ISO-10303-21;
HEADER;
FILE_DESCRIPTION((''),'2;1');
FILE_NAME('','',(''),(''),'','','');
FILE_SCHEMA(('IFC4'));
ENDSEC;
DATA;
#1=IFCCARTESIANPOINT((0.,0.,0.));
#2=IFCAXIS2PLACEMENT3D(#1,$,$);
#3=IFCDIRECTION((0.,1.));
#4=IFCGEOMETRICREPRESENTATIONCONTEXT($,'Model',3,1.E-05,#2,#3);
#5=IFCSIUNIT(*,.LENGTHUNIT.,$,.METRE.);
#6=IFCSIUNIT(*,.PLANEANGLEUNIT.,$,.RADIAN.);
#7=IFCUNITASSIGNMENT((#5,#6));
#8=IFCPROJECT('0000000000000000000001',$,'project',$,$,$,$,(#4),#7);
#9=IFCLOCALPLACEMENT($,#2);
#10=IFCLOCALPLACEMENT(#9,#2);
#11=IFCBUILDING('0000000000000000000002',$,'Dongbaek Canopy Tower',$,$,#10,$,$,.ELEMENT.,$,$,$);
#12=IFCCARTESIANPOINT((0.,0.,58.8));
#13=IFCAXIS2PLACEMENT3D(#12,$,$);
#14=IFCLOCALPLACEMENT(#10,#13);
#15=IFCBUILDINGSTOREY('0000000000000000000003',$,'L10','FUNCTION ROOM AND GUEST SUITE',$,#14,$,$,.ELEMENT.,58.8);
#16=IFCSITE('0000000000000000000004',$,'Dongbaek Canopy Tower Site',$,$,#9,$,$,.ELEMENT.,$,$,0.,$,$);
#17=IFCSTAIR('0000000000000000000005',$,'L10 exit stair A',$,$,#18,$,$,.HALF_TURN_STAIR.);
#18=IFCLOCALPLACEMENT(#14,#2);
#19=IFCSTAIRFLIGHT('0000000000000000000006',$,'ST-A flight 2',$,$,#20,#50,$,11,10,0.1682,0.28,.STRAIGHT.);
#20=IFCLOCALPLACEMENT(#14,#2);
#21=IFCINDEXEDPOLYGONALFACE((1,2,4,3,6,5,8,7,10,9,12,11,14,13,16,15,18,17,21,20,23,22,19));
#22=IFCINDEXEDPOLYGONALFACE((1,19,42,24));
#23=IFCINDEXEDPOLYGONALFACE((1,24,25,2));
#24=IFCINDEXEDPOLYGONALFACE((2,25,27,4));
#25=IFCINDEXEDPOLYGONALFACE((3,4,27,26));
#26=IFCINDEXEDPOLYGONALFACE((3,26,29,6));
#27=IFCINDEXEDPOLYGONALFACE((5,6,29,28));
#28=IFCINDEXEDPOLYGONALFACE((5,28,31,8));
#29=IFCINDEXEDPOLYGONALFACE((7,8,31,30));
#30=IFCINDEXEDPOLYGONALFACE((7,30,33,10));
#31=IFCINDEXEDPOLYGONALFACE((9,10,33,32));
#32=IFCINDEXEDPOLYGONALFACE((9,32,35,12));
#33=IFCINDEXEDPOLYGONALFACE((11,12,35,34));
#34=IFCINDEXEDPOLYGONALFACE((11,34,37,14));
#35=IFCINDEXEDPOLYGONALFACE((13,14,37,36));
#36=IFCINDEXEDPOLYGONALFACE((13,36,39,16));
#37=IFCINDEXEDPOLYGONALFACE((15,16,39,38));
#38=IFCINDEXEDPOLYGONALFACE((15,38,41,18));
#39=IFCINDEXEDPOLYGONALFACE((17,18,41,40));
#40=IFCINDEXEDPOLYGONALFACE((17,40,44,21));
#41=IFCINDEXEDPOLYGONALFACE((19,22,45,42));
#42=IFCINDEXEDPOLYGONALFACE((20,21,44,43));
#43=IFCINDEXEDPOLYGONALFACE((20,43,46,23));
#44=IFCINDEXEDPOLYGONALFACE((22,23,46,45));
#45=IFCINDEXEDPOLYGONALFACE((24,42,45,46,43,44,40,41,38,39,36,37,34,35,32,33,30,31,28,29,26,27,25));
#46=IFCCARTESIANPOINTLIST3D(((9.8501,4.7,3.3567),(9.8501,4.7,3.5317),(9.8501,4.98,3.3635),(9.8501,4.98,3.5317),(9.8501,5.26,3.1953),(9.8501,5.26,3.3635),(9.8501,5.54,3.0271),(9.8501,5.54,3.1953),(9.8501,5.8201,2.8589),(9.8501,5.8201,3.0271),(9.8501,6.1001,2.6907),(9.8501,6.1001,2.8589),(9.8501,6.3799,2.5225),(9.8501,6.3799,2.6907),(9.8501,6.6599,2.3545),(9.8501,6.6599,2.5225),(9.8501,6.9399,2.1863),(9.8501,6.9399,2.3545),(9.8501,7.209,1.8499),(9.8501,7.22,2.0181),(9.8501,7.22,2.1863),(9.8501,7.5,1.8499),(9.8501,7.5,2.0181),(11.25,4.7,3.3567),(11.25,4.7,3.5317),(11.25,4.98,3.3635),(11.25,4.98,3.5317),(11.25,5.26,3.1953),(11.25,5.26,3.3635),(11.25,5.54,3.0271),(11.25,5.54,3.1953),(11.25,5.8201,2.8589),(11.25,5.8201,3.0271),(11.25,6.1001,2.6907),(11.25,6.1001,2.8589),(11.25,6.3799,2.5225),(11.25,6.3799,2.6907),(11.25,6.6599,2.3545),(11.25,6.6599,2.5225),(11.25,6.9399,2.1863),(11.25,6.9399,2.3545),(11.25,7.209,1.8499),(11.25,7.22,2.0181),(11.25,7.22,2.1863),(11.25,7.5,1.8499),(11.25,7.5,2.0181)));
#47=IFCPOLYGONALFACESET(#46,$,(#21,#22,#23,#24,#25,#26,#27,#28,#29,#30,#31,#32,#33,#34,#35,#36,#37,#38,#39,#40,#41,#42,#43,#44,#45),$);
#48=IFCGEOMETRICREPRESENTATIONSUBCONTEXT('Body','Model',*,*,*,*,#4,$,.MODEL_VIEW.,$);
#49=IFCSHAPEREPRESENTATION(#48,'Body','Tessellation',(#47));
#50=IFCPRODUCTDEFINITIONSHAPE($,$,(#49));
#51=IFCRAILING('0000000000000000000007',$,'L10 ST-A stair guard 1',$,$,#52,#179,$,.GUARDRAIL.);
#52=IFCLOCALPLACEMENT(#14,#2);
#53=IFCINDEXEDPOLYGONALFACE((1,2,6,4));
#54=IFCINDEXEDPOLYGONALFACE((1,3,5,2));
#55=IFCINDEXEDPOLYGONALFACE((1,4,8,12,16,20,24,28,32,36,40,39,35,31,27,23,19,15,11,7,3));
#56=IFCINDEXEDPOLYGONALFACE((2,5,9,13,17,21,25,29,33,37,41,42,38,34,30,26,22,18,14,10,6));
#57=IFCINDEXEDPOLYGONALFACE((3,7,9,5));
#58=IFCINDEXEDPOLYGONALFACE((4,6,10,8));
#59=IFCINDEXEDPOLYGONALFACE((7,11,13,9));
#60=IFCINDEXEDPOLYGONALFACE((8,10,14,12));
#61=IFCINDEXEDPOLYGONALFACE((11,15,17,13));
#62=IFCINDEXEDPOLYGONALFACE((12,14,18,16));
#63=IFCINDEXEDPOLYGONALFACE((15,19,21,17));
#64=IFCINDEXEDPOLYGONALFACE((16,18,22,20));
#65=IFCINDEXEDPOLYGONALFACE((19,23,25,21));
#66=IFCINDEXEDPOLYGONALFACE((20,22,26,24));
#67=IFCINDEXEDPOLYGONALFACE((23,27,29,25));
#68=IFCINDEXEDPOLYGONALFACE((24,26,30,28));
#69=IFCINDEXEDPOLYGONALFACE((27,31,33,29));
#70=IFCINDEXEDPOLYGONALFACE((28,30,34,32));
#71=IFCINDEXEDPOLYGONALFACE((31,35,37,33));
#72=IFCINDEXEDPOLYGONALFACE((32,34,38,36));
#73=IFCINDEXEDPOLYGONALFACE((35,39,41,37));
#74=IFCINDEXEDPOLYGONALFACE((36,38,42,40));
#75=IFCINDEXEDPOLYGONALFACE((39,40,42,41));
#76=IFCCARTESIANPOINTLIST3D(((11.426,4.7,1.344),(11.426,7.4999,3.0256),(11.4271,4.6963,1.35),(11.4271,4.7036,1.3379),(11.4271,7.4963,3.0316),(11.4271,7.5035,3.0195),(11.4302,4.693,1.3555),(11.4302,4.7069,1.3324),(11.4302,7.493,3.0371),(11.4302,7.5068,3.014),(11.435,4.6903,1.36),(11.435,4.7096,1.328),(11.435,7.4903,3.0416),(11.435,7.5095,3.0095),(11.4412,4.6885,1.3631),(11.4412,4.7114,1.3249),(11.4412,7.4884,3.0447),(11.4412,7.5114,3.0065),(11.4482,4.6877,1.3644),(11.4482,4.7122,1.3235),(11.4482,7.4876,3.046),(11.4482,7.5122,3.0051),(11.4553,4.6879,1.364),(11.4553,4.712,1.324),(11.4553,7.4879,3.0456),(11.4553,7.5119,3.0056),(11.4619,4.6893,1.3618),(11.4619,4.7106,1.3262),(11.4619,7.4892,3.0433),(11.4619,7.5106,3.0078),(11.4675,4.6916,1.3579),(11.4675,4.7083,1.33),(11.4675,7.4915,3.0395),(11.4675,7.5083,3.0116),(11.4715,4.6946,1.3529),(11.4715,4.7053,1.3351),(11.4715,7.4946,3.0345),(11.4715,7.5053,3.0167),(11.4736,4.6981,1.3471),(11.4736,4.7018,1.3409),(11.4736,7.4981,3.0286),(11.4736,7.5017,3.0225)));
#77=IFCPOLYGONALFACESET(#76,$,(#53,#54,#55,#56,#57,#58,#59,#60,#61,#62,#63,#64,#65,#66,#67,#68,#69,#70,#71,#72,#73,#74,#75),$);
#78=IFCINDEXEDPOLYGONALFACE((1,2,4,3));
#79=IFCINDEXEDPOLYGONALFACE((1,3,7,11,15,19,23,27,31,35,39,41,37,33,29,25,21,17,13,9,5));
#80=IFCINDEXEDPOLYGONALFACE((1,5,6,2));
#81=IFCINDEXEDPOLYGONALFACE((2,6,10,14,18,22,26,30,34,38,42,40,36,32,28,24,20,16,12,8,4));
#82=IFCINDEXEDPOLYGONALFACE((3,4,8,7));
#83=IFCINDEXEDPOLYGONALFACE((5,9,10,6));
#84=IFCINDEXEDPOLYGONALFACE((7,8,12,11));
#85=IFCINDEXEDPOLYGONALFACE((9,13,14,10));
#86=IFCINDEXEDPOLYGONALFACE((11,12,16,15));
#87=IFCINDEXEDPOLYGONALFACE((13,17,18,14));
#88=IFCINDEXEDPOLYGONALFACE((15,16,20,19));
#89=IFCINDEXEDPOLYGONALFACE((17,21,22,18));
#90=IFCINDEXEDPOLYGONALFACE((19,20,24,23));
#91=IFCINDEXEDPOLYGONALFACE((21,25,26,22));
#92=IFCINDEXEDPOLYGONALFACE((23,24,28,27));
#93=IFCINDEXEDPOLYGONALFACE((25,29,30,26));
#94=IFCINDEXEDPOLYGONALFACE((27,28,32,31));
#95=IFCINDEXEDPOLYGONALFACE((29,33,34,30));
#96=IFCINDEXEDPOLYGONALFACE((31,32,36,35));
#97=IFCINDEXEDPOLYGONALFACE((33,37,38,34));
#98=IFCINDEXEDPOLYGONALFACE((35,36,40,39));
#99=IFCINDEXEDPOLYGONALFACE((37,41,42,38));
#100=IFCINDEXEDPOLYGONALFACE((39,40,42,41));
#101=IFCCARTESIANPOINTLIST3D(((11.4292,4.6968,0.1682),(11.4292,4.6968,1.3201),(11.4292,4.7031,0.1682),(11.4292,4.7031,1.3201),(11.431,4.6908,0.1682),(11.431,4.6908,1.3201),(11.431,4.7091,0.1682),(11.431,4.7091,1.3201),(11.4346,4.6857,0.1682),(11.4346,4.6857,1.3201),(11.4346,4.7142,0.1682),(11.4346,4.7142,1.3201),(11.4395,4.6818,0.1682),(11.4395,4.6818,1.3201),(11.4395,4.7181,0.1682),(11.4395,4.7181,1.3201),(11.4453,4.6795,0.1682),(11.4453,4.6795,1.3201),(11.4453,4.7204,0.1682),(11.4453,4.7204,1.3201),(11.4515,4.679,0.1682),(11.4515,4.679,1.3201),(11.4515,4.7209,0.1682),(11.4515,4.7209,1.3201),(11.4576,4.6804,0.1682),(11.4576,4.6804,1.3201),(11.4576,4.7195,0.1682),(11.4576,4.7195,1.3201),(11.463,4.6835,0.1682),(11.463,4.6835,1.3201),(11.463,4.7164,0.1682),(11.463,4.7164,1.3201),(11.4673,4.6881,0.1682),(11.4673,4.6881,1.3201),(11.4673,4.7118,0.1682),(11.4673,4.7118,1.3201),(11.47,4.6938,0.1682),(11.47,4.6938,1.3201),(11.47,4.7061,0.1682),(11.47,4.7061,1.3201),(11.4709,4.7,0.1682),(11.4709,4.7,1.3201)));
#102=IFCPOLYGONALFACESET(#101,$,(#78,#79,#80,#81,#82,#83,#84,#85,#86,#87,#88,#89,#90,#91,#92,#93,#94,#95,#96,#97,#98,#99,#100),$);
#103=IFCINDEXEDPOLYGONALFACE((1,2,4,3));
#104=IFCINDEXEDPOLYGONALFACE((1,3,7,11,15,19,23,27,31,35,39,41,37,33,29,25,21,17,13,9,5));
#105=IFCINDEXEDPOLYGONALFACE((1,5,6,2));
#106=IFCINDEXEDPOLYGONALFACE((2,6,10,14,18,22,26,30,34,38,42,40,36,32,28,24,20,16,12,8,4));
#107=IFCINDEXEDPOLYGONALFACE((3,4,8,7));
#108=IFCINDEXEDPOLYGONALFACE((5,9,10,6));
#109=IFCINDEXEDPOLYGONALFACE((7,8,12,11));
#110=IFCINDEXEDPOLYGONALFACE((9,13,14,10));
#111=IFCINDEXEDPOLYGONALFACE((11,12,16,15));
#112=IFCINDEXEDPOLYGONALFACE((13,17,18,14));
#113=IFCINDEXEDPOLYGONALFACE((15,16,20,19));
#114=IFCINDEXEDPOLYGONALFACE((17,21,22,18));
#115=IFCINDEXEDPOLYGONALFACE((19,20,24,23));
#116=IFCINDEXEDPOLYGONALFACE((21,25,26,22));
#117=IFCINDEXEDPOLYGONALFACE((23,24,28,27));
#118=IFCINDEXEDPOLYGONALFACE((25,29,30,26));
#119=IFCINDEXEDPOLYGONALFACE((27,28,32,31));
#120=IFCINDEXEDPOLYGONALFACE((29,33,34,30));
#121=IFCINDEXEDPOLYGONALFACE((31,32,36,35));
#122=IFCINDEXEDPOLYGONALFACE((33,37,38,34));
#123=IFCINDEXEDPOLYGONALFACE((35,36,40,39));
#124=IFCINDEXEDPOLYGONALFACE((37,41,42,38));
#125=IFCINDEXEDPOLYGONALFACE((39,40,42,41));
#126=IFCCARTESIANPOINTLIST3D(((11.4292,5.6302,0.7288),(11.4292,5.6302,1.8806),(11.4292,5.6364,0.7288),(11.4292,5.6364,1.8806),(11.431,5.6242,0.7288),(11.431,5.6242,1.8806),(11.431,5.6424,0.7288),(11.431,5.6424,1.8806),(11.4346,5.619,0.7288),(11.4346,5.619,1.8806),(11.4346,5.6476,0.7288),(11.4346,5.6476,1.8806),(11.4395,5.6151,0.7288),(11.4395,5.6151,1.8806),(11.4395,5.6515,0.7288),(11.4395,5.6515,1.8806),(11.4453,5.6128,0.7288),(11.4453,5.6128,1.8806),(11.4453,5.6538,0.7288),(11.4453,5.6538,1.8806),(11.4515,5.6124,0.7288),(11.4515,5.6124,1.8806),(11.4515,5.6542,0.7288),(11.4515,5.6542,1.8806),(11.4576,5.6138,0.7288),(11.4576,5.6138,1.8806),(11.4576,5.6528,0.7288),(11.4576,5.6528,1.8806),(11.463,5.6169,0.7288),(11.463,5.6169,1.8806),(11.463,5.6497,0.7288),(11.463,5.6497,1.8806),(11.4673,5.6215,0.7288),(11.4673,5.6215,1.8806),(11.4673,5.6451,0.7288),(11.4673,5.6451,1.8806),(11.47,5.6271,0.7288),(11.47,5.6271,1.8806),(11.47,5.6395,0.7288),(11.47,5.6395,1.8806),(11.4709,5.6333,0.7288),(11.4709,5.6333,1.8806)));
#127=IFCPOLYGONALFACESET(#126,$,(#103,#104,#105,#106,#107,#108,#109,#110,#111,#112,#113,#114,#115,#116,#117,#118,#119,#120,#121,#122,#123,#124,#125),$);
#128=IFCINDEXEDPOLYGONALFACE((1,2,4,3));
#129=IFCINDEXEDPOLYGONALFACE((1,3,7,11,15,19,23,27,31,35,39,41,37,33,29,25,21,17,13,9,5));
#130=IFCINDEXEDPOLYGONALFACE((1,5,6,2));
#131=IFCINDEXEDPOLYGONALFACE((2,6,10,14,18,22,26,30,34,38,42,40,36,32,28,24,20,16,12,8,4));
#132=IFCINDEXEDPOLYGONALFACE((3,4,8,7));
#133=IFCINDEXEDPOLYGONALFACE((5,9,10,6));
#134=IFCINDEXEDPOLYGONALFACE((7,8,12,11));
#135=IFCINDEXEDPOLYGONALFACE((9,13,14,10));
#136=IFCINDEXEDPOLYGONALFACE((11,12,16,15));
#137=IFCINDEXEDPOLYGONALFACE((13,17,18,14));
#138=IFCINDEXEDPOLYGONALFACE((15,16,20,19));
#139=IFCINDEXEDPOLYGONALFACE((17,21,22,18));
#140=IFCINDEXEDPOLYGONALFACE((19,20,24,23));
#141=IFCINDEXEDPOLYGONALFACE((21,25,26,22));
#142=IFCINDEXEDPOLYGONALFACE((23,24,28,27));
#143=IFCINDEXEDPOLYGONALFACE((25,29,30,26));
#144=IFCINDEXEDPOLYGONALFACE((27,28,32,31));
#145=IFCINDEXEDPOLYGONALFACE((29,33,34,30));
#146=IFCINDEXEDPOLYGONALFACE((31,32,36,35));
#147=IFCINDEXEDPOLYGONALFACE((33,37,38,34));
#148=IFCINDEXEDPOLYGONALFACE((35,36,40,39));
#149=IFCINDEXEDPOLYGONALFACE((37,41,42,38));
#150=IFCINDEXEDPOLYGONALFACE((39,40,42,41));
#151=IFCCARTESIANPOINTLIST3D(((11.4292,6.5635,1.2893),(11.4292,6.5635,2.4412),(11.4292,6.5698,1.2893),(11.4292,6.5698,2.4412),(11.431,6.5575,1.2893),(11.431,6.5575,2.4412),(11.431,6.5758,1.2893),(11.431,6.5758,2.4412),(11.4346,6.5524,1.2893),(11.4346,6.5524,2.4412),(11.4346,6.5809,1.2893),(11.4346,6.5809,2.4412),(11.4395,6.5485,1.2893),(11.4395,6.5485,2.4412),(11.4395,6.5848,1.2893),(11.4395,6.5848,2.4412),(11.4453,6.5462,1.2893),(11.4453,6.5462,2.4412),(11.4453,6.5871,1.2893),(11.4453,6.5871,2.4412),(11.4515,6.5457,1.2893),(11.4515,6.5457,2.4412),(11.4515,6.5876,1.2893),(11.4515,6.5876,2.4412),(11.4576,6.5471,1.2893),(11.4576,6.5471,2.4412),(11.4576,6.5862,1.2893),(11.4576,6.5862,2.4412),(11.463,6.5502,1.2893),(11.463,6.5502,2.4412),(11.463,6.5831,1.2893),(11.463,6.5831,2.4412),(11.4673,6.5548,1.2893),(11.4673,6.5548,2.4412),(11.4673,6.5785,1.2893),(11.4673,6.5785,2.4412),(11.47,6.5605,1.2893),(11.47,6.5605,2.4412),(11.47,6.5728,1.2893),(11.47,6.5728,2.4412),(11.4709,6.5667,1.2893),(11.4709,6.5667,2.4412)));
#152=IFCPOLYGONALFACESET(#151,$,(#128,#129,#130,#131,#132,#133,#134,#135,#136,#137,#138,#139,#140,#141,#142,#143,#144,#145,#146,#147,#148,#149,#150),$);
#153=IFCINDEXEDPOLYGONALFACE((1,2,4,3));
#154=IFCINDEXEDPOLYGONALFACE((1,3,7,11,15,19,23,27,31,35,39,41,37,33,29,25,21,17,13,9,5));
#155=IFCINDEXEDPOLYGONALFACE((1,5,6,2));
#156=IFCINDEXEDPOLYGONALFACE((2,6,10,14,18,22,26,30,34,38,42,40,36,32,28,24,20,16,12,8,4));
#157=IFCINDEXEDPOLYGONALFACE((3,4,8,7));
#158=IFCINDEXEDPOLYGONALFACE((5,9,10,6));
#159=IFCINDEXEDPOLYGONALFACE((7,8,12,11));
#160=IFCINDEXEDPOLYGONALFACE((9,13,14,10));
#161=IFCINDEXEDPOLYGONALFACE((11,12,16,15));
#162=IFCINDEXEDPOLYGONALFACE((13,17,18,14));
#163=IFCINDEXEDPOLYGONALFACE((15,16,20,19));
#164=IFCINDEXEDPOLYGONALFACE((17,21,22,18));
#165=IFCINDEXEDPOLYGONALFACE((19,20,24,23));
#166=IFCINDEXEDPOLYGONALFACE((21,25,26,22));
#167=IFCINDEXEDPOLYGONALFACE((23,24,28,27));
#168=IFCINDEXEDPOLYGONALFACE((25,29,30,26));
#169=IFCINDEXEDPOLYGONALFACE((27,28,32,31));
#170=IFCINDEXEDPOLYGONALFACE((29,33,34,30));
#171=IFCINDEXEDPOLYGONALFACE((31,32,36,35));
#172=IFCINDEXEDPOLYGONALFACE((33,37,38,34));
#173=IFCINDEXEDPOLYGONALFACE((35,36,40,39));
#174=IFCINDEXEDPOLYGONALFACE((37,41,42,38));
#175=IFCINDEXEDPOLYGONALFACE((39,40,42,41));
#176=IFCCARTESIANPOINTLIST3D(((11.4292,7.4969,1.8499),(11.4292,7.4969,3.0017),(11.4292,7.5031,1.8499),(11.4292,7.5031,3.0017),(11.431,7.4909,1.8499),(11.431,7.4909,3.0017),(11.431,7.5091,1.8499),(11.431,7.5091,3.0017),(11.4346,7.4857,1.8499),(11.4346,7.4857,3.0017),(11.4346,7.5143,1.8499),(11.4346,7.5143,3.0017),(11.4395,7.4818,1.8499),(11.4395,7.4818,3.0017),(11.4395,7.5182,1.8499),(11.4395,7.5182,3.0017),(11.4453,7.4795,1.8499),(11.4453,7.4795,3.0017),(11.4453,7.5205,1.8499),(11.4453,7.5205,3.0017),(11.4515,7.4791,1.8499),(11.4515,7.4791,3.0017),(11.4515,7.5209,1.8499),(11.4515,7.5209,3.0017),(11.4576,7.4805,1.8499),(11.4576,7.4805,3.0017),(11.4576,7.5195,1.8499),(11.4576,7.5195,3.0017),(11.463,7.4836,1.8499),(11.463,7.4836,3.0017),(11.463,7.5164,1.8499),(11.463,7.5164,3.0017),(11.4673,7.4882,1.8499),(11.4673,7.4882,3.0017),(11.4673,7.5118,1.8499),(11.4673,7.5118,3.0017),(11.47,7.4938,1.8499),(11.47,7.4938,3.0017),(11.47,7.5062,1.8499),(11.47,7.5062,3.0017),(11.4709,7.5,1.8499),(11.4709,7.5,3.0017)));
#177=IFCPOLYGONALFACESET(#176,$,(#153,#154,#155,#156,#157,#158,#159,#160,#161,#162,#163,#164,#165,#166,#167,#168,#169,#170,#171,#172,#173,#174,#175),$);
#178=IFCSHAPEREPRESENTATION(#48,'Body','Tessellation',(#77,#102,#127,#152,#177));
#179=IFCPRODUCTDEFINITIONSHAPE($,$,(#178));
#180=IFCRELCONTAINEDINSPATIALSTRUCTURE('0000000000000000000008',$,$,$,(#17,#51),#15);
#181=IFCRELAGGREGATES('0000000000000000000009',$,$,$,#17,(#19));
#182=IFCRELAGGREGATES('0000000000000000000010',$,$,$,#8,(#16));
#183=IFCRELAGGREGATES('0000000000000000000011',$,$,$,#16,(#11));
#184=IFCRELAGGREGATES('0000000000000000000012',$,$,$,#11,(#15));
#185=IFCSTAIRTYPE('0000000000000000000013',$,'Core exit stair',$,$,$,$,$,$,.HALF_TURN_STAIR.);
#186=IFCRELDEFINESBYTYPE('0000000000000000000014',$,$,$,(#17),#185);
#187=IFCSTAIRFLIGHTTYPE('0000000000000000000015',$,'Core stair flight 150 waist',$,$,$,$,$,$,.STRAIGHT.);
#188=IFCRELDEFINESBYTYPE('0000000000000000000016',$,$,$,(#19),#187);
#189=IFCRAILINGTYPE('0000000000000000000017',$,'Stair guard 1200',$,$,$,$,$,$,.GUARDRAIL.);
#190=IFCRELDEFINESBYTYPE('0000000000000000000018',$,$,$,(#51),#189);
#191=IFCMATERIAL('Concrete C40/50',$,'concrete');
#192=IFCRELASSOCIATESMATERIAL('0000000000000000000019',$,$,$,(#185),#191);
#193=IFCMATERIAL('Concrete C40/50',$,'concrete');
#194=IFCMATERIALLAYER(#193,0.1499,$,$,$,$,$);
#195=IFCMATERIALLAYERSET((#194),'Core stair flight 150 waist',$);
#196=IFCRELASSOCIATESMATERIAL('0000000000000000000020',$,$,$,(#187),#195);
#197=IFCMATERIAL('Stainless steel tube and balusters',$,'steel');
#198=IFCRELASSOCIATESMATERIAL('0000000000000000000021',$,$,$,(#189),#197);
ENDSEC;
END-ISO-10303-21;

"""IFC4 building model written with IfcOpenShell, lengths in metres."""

from ifc_helpers import new_model, si_unit, direction, frame, origin, origin_2d, place, context, subcontext, project, spatial, polyline, circle, outline, extrude, material, layer, layer_set, type_object, element, aggregate, save


model = new_model("IFC4")

# Units and contexts
model_context = context("Model", 3, precision=1e-05, world=origin(), true_north=direction((0.0, 1.0)))
body_context = subcontext(model_context, "Body", "Model", "MODEL_VIEW")
ifc_project = project(units=[si_unit("LENGTHUNIT", "METRE"), si_unit("PLANEANGLEUNIT", "RADIAN")], contexts=[model_context])

# Site, building, storey
site_placement = place(None, origin())
site = spatial("IfcSite", under=ifc_project, at=site_placement, Name="Dongbaek Canopy Tower Site", CompositionType="ELEMENT", RefElevation=0.0)
building_placement = place(site_placement, origin())
building = spatial("IfcBuilding", under=site, at=building_placement, Name="Dongbaek Canopy Tower", CompositionType="ELEMENT")
storey_placement = place(building_placement, frame((0.0, 0.0, 58.8)))
storey = spatial("IfcBuildingStorey", under=building, at=storey_placement, Name="L10", Description="FUNCTION ROOM AND GUEST SUITE", CompositionType="ELEMENT", Elevation=58.8)

# Stair, stair flight
ifc_material_1 = material(Name="Concrete C40/50", Category="concrete")
stair_type = type_object("IfcStairType", Name="Core exit stair", PredefinedType="HALF_TURN_STAIR", material=ifc_material_1)
stair_placement = place(storey_placement, origin())
stair = element("IfcStair", 1, at=stair_placement, inside=storey, type_object=stair_type, Name="L10 exit stair A", PredefinedType="HALF_TURN_STAIR")
ifc_material_2 = material(Name="Concrete C40/50", Category="concrete")
ifc_layer_1 = layer(ifc_material_2, 0.1499)
ifc_layer_set_1 = layer_set([ifc_layer_1], Name="Core stair flight 150 waist")
stair_flight_type = type_object("IfcStairFlightType", Name="Core stair flight 150 waist", PredefinedType="STRAIGHT", material=ifc_layer_set_1)
stair_flight_1_placement = place(storey_placement, frame((10.55, 7.5, 1.8499), z_axis=(0.0, 0.0, 1.0), x_axis=(0.0, -1.0, 0.0)))
stair_flight_1 = element("IfcStairFlight", 2, at=stair_flight_1_placement, type_object=stair_flight_type, Name="ST-A flight 2", NumberOfRisers=11, NumberOfTreads=10, PredefinedType="STRAIGHT", RiserHeight=0.1682, TreadLength=0.28, context=body_context, shape_type="SweptSolid", body=[
    extrude(outline(polyline([(0.0, 0.0), (0.0, 0.1682), (0.28, 0.1682), (0.28, 0.3364), (0.5601, 0.3364), (0.5601, 0.5046), (0.8401, 0.5046), (0.8401, 0.6726), (1.1201, 0.6726), (1.1201, 0.8408), (1.3999, 0.8408), (1.3999, 1.009), (1.6799, 1.009), (1.6799, 1.1772), (1.96, 1.1772), (1.96, 1.3455), (2.24, 1.3455), (2.24, 1.5137), (2.52, 1.5137), (2.52, 1.6819), (2.8, 1.6819), (2.8, 1.8501), (2.8, 1.5068), (0.291, 0.0), (0.0, 0.0)])), frame((0.0, 0.7, 0.0), z_axis=(0.0, -1.0, 0.0), x_axis=(1.0, 0.0, 0.0)), (0.0, 0.0, 1.0), 1.3999),
])
aggregate(stair, [stair_flight_1])

# Railing
ifc_material_3 = material(Name="Stainless steel tube and balusters", Category="steel")
railing_type_1 = type_object("IfcRailingType", Name="Stair guard 1200", PredefinedType="GUARDRAIL", material=ifc_material_3)
railing_1_placement = place(storey_placement, frame((11.45, 4.7, 0.1682)))
element("IfcRailing", 3, at=railing_1_placement, inside=storey, type_object=railing_type_1, Name="L10 ST-A stair guard 1", PredefinedType="GUARDRAIL", context=body_context, shape_type="SweptSolid", body=[
    extrude(circle(Radius=0.0239, at=origin_2d()), frame((0.0, 0.0, 1.1758), z_axis=(0.0, 0.857275, 0.514858), x_axis=(-1.0, 0.0, 0.0)), (0.0, 0.0, 1.0), 3.2661),
    extrude(circle(Radius=0.021, at=origin_2d()), origin(), (0.0, 0.0, 1.0), 1.1519),
    extrude(circle(Radius=0.021, at=origin_2d()), frame((0.0, 0.9333, 0.5605)), (0.0, 0.0, 1.0), 1.1519),
    extrude(circle(Radius=0.021, at=origin_2d()), frame((0.0, 1.8667, 1.1211)), (0.0, 0.0, 1.0), 1.1519),
    extrude(circle(Radius=0.021, at=origin_2d()), frame((0.0, 2.8, 1.6816)), (0.0, 0.0, 1.0), 1.1519),
])

save(model, "model.ifc")
